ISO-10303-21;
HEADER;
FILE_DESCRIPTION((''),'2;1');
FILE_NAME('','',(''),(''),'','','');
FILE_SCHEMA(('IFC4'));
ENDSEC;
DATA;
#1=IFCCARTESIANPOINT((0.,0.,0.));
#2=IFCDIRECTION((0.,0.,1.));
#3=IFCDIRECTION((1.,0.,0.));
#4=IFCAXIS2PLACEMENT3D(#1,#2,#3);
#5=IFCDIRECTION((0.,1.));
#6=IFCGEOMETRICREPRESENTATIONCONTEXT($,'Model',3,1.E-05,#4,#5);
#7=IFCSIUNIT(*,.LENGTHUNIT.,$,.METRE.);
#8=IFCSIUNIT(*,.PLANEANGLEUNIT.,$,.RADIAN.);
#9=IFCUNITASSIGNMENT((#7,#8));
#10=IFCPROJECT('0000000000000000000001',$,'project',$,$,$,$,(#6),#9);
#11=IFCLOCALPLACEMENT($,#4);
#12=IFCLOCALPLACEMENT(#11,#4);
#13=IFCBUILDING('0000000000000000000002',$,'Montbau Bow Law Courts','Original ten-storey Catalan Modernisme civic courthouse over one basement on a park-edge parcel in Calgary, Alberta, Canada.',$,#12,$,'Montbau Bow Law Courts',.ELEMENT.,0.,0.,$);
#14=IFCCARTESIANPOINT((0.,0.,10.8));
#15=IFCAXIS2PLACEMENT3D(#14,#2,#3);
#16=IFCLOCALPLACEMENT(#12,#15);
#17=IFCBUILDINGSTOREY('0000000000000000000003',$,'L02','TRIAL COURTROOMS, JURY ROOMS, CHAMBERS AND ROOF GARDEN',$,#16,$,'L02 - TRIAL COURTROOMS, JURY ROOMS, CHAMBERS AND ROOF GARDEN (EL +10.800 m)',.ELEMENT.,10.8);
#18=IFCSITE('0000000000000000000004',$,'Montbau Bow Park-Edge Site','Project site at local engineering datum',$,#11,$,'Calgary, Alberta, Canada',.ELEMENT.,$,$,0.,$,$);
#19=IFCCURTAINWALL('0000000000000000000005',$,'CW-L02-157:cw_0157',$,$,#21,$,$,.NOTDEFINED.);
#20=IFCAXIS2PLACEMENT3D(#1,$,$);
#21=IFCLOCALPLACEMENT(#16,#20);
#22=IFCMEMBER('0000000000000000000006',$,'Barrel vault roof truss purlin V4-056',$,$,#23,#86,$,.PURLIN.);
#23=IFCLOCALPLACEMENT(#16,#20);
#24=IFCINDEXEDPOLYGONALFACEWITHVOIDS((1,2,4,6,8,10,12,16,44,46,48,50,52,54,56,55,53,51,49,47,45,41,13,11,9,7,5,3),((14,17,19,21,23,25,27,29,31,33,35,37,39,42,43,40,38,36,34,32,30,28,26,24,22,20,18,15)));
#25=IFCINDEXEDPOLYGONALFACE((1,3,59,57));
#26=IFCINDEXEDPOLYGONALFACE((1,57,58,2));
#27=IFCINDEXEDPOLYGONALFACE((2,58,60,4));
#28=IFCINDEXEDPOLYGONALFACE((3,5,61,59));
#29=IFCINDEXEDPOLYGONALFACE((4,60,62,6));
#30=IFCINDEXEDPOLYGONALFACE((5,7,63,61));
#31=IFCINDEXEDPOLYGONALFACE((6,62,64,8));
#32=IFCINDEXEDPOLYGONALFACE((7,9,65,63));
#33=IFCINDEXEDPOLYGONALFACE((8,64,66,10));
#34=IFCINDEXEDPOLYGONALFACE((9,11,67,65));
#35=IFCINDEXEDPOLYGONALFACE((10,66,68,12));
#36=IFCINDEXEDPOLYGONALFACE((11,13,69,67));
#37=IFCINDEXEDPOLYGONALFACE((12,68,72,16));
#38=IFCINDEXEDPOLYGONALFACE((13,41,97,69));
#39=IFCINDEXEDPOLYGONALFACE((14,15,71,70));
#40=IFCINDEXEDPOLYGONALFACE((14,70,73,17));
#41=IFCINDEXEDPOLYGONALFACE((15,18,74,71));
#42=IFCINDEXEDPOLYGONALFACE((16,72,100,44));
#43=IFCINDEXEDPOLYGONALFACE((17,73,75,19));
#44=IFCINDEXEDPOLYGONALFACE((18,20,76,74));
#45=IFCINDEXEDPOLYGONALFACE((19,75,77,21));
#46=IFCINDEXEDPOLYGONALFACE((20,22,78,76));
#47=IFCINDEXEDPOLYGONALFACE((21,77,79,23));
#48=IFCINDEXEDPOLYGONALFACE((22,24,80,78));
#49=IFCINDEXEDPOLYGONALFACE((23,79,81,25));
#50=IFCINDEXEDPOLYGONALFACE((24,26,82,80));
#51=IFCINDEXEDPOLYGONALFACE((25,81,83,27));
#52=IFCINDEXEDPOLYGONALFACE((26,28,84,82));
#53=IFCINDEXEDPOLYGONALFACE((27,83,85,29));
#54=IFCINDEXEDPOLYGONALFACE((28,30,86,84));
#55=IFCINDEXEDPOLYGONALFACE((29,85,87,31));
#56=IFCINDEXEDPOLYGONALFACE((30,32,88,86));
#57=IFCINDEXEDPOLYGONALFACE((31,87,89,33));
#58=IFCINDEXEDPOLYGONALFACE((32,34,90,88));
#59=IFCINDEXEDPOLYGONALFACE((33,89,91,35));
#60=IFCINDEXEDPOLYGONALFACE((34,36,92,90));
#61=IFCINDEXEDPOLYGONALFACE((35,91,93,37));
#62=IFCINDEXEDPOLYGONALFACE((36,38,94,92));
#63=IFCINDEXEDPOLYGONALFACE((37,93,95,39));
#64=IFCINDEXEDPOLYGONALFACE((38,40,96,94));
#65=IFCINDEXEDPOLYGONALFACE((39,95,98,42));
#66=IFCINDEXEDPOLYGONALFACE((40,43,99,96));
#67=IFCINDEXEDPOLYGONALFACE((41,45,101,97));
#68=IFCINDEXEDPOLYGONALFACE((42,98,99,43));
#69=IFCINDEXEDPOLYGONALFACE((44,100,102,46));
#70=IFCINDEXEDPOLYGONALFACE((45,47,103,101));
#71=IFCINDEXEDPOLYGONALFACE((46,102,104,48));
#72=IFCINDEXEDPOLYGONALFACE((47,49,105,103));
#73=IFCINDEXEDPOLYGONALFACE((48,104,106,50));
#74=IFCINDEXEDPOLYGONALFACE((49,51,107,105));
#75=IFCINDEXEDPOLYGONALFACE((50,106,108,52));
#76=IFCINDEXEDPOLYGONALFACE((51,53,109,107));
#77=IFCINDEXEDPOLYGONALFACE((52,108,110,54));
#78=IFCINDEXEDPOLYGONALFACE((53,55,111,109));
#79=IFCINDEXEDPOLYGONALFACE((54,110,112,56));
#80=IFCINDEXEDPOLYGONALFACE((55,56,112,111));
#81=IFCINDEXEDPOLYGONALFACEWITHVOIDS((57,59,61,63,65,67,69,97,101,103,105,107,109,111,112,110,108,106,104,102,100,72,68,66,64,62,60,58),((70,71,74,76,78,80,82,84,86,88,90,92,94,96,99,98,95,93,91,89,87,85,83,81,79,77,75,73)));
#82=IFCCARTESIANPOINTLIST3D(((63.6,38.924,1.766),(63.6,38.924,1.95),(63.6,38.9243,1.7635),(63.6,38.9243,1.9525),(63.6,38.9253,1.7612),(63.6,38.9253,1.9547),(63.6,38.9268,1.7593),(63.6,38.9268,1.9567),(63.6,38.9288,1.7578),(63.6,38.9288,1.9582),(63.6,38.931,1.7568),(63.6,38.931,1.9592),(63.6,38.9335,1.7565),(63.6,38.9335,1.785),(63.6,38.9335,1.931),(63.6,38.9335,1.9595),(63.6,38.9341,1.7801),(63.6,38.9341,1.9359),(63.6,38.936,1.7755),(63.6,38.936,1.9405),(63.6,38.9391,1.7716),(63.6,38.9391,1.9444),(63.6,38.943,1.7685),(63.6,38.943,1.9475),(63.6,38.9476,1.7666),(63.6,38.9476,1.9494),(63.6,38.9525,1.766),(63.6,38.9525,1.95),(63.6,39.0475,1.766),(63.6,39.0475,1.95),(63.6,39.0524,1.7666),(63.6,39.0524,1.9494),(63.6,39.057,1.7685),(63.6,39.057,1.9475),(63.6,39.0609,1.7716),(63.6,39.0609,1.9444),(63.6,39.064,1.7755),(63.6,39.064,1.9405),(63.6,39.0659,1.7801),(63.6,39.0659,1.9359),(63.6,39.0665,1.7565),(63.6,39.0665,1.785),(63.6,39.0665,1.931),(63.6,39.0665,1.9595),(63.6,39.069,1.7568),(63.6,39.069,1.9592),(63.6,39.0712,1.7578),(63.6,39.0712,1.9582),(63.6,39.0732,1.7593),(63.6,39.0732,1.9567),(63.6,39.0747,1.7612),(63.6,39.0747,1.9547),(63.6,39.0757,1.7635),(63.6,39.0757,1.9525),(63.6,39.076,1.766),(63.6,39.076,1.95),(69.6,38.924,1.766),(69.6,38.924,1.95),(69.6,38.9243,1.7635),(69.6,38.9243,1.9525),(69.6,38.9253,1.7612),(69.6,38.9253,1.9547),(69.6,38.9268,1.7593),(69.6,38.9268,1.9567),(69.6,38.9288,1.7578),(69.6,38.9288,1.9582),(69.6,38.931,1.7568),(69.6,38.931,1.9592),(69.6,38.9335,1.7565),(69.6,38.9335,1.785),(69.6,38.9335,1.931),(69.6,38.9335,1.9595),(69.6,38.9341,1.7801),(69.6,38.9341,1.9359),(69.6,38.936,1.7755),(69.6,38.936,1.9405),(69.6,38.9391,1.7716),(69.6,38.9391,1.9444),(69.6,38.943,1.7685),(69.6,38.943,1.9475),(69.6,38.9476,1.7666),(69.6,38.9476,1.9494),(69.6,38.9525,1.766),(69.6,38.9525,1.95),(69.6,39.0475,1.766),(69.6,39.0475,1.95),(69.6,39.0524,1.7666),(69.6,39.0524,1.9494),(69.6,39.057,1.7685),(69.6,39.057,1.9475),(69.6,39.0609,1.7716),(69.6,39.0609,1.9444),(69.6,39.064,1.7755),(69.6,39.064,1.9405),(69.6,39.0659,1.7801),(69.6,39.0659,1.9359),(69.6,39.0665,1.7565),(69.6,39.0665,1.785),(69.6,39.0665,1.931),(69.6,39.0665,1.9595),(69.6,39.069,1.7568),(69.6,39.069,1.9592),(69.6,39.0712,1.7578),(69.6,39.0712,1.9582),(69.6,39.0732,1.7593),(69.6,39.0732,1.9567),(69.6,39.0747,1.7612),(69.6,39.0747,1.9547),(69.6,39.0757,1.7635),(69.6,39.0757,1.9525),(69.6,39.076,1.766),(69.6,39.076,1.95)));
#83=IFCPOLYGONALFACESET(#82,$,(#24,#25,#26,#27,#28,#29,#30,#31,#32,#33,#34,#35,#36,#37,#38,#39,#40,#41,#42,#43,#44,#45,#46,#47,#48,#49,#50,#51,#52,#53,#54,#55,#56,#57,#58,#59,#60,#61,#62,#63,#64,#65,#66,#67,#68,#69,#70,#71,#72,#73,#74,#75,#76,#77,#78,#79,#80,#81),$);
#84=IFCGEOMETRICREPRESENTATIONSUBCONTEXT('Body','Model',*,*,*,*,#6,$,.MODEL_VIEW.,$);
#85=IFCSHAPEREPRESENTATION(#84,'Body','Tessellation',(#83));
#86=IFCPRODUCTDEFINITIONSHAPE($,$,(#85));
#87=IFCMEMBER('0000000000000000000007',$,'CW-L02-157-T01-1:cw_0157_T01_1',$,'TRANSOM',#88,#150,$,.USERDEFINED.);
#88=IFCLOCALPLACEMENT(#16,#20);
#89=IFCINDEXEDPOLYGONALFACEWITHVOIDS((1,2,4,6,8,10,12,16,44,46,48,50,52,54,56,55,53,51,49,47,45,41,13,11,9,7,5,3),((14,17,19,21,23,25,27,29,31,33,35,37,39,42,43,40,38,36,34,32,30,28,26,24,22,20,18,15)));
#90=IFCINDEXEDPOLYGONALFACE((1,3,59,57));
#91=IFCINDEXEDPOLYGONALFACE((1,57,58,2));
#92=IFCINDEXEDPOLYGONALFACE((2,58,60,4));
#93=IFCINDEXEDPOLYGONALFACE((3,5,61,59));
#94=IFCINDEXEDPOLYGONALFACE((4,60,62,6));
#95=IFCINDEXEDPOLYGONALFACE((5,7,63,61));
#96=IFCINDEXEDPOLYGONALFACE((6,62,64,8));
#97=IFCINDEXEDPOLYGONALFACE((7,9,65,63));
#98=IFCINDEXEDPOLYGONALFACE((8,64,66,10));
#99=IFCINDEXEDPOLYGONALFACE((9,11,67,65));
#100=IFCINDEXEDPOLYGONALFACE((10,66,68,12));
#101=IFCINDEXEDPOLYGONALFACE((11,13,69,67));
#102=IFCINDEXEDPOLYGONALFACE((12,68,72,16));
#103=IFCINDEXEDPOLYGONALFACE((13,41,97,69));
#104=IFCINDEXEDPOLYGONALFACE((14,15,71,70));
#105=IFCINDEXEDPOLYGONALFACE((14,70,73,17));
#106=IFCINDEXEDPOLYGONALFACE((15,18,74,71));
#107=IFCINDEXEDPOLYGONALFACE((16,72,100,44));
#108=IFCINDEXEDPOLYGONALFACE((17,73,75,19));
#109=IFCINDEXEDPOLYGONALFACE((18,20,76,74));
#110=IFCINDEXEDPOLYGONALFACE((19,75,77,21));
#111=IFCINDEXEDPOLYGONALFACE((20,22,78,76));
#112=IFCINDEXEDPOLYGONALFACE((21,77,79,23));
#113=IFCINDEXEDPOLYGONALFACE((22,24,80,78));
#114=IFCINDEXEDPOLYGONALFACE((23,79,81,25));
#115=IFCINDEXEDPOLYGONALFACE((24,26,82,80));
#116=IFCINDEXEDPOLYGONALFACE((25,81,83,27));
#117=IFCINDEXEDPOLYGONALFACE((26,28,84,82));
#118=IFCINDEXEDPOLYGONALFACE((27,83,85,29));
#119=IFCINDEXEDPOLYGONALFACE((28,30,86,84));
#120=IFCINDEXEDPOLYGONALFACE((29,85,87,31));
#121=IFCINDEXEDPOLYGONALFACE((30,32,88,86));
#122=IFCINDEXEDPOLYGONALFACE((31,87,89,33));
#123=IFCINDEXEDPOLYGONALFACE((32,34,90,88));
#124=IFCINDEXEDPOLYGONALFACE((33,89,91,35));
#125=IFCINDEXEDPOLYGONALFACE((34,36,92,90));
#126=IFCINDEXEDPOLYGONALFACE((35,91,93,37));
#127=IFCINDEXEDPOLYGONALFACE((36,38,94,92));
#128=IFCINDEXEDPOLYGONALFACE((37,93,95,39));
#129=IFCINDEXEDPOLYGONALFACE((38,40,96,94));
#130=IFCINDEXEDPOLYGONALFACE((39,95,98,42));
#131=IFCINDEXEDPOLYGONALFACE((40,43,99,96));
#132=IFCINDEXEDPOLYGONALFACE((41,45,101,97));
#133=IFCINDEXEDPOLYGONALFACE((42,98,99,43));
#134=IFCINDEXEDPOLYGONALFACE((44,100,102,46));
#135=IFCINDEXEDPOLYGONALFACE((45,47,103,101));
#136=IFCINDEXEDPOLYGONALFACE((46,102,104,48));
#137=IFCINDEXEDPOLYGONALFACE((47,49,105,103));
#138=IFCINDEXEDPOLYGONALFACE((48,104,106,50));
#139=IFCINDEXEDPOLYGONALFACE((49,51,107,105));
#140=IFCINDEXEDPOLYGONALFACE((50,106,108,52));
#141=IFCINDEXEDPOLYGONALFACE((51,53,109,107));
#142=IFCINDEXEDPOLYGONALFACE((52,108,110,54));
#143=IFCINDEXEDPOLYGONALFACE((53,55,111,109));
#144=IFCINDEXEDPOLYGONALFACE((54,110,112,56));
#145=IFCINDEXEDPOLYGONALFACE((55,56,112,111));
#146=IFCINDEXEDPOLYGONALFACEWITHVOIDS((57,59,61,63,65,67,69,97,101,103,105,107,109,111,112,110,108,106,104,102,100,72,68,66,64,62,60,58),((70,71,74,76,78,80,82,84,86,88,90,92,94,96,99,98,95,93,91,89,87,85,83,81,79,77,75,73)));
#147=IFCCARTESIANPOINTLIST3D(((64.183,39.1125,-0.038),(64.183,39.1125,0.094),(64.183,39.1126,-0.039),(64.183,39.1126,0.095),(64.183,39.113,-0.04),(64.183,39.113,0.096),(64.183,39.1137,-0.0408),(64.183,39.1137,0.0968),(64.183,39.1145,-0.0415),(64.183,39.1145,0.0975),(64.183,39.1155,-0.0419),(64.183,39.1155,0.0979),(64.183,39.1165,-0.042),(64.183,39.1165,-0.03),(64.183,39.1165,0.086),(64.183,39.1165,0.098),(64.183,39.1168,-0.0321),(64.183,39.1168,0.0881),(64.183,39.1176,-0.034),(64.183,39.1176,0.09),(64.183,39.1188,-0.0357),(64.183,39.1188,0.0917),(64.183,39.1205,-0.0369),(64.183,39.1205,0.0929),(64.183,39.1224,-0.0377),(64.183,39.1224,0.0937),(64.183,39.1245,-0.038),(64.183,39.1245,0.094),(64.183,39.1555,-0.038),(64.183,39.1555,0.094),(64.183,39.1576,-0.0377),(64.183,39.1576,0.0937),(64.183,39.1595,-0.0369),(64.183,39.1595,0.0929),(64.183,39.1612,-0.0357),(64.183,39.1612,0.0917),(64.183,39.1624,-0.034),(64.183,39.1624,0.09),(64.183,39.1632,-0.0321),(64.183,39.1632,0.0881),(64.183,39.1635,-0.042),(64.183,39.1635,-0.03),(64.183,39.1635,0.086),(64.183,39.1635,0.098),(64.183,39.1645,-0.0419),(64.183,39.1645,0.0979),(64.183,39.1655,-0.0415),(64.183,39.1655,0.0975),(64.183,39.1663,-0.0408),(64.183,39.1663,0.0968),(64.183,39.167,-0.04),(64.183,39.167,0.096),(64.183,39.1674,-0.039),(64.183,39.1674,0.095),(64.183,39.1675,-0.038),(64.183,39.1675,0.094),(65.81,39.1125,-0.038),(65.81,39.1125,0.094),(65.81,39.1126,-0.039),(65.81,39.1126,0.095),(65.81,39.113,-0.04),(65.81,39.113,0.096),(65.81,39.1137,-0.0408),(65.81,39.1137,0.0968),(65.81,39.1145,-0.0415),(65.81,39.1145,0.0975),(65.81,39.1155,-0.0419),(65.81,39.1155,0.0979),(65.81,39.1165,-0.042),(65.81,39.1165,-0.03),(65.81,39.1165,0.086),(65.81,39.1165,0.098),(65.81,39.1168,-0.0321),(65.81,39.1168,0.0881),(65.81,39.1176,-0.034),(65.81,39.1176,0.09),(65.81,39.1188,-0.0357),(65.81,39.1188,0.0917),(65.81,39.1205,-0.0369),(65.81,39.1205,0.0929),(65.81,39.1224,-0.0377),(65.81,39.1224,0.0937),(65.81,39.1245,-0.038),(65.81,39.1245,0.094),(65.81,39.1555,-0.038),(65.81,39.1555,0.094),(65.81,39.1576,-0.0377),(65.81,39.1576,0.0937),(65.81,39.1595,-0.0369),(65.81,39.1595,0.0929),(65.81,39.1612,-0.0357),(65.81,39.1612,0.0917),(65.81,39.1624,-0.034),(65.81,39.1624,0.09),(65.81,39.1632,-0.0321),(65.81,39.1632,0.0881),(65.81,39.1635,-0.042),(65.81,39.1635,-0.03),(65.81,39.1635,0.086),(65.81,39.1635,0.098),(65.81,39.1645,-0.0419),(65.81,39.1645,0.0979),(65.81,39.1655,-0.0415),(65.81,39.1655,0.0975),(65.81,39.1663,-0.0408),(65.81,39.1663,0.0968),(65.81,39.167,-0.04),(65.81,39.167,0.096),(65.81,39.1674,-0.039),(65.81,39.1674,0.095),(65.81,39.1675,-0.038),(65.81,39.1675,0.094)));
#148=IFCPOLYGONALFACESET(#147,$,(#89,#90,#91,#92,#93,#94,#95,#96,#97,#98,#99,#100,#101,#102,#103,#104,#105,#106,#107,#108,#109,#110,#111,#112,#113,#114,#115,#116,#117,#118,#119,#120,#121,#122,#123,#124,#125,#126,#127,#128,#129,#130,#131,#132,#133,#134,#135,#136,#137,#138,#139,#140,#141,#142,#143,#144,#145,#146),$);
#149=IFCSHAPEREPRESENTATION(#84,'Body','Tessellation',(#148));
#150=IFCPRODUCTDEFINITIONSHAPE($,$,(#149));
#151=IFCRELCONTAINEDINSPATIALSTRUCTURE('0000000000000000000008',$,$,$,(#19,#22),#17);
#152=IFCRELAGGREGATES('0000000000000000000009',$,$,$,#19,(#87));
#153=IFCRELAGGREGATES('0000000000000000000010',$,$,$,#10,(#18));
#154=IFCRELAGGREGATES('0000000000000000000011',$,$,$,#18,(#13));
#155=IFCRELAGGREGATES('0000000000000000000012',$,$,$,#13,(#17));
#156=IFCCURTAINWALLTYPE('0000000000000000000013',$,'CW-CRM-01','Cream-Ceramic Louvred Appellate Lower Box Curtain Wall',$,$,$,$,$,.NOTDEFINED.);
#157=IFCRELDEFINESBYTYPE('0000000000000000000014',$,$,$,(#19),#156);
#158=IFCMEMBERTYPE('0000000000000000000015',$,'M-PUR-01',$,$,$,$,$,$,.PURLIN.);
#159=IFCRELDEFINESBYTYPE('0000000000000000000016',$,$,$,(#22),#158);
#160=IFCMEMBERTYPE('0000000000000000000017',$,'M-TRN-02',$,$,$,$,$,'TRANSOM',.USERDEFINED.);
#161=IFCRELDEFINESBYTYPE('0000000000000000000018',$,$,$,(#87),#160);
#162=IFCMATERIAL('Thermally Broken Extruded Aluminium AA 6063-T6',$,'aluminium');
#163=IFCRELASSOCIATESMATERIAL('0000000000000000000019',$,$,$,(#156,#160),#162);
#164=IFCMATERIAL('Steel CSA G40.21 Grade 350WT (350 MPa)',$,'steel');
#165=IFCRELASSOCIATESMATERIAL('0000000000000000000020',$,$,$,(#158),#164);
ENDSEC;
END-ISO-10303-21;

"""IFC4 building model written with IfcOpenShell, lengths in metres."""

from ifc_helpers import new_model, si_unit, direction, frame, origin_with_axes, origin_2d_with_axis, place, context, subcontext, project, spatial, hollow_rectangle, extrude, material, material_profile, profile_set, type_object, element, aggregate, save


model = new_model("IFC4")

# Units and contexts
model_context = context("Model", 3, precision=1e-05, world=origin_with_axes(), true_north=direction((0.0, 1.0)))
body_context = subcontext(model_context, "Body", "Model", "MODEL_VIEW")
ifc_project = project(units=[si_unit("LENGTHUNIT", "METRE"), si_unit("PLANEANGLEUNIT", "RADIAN")], contexts=[model_context])

# Site, building, storey
site_placement = place(None, origin_with_axes())
site = spatial("IfcSite", under=ifc_project, at=site_placement, Name="Montbau Bow Park-Edge Site", Description="Project site at local engineering datum", LongName="Calgary, Alberta, Canada", CompositionType="ELEMENT", RefElevation=0.0)
building_placement = place(site_placement, origin_with_axes())
building = spatial("IfcBuilding", under=site, at=building_placement, Name="Montbau Bow Law Courts", Description="Original ten-storey Catalan Modernisme civic courthouse over one basement on a park-edge parcel in Calgary, Alberta, Canada.", LongName="Montbau Bow Law Courts", CompositionType="ELEMENT", ElevationOfRefHeight=0.0, ElevationOfTerrain=0.0)
storey_placement = place(building_placement, frame((0.0, 0.0, 10.8), z_axis=(0.0, 0.0, 1.0), x_axis=(1.0, 0.0, 0.0)))
storey = spatial("IfcBuildingStorey", under=building, at=storey_placement, Name="L02", Description="TRIAL COURTROOMS, JURY ROOMS, CHAMBERS AND ROOF GARDEN", LongName="L02 - TRIAL COURTROOMS, JURY ROOMS, CHAMBERS AND ROOF GARDEN (EL +10.800 m)", CompositionType="ELEMENT", Elevation=10.8)

# Shared definitions
ifc_material_1 = material(Name="Steel CSA G40.21 Grade 350WT (350 MPa)", Category="steel")

# Curtain wall
ifc_material_2 = material(Name="Thermally Broken Extruded Aluminium AA 6063-T6", Category="aluminium")
curtain_wall_type = type_object("IfcCurtainWallType", Name="CW-CRM-01", Description="Cream-Ceramic Louvred Appellate Lower Box Curtain Wall", PredefinedType="NOTDEFINED", material=ifc_material_2)
curtain_wall_placement = place(None, frame((64.115, 39.14, 10.8), z_axis=(0.0, 0.0, 1.0), x_axis=(1.0, 0.0, 0.0)))
curtain_wall = element("IfcCurtainWall", 1, at=curtain_wall_placement, inside=storey, type_object=curtain_wall_type, Name="CW-L02-157:cw_0157", PredefinedType="NOTDEFINED")

# Members
ifc_material_profile_1 = material_profile(ifc_material_1, hollow_rectangle(XDim=0.152, YDim=0.203, WallThickness=0.0095, InnerFilletRadius=0.019, OuterFilletRadius=0.0095, at=origin_2d_with_axis()), Name="HSS203X152X9.5", Category="Main", Priority=0)
ifc_profile_set_1 = profile_set([ifc_material_profile_1], Name="Steel CSA G40.21 Grade 350WT (350 MPa)")
member_type_1 = type_object("IfcMemberType", Name="M-PUR-01", PredefinedType="PURLIN", material=ifc_profile_set_1)
member_1_placement = place(None, frame((63.6, 39.0, 12.658), z_axis=(1.0, 0.0, 0.0), x_axis=(0.0, 1.0, 0.0)))
element("IfcMember", 2, at=member_1_placement, inside=storey, type_object=member_type_1, Name="Barrel vault roof truss purlin V4-056", PredefinedType="PURLIN", context=body_context, shape_type="SweptSolid", body=[
    extrude(hollow_rectangle(XDim=0.152, YDim=0.203, WallThickness=0.0095, InnerFilletRadius=0.019, OuterFilletRadius=0.0095, at=origin_2d_with_axis()), origin_with_axes(), (0.0, 0.0, 1.0), 6.0),
])
ifc_material_profile_2 = material_profile(ifc_material_2, hollow_rectangle(XDim=0.055, YDim=0.14, WallThickness=0.004, InnerFilletRadius=0.008, OuterFilletRadius=0.004, at=origin_2d_with_axis()), Name="CWT-140X55", Category="Main", Priority=0)
ifc_profile_set_2 = profile_set([ifc_material_profile_2], Name="Thermally Broken Extruded Aluminium AA 6063-T6")
member_type_2 = type_object("IfcMemberType", Name="M-TRN-02", ElementType="TRANSOM", PredefinedType="USERDEFINED", material=ifc_profile_set_2)
member_2_placement = place(None, frame((64.183, 39.14, 10.828), z_axis=(1.0, 0.0, 0.0), x_axis=(0.0, 1.0, 0.0)))
member_2 = element("IfcMember", 3, at=member_2_placement, type_object=member_type_2, Name="CW-L02-157-T01-1:cw_0157_T01_1", ObjectType="TRANSOM", PredefinedType="USERDEFINED", context=body_context, shape_type="SweptSolid", body=[
    extrude(hollow_rectangle(XDim=0.055, YDim=0.14, WallThickness=0.004, InnerFilletRadius=0.008, OuterFilletRadius=0.004, at=origin_2d_with_axis()), origin_with_axes(), (0.0, 0.0, 1.0), 1.627),
])

aggregate(curtain_wall, [member_2])

save(model, "model.ifc")
